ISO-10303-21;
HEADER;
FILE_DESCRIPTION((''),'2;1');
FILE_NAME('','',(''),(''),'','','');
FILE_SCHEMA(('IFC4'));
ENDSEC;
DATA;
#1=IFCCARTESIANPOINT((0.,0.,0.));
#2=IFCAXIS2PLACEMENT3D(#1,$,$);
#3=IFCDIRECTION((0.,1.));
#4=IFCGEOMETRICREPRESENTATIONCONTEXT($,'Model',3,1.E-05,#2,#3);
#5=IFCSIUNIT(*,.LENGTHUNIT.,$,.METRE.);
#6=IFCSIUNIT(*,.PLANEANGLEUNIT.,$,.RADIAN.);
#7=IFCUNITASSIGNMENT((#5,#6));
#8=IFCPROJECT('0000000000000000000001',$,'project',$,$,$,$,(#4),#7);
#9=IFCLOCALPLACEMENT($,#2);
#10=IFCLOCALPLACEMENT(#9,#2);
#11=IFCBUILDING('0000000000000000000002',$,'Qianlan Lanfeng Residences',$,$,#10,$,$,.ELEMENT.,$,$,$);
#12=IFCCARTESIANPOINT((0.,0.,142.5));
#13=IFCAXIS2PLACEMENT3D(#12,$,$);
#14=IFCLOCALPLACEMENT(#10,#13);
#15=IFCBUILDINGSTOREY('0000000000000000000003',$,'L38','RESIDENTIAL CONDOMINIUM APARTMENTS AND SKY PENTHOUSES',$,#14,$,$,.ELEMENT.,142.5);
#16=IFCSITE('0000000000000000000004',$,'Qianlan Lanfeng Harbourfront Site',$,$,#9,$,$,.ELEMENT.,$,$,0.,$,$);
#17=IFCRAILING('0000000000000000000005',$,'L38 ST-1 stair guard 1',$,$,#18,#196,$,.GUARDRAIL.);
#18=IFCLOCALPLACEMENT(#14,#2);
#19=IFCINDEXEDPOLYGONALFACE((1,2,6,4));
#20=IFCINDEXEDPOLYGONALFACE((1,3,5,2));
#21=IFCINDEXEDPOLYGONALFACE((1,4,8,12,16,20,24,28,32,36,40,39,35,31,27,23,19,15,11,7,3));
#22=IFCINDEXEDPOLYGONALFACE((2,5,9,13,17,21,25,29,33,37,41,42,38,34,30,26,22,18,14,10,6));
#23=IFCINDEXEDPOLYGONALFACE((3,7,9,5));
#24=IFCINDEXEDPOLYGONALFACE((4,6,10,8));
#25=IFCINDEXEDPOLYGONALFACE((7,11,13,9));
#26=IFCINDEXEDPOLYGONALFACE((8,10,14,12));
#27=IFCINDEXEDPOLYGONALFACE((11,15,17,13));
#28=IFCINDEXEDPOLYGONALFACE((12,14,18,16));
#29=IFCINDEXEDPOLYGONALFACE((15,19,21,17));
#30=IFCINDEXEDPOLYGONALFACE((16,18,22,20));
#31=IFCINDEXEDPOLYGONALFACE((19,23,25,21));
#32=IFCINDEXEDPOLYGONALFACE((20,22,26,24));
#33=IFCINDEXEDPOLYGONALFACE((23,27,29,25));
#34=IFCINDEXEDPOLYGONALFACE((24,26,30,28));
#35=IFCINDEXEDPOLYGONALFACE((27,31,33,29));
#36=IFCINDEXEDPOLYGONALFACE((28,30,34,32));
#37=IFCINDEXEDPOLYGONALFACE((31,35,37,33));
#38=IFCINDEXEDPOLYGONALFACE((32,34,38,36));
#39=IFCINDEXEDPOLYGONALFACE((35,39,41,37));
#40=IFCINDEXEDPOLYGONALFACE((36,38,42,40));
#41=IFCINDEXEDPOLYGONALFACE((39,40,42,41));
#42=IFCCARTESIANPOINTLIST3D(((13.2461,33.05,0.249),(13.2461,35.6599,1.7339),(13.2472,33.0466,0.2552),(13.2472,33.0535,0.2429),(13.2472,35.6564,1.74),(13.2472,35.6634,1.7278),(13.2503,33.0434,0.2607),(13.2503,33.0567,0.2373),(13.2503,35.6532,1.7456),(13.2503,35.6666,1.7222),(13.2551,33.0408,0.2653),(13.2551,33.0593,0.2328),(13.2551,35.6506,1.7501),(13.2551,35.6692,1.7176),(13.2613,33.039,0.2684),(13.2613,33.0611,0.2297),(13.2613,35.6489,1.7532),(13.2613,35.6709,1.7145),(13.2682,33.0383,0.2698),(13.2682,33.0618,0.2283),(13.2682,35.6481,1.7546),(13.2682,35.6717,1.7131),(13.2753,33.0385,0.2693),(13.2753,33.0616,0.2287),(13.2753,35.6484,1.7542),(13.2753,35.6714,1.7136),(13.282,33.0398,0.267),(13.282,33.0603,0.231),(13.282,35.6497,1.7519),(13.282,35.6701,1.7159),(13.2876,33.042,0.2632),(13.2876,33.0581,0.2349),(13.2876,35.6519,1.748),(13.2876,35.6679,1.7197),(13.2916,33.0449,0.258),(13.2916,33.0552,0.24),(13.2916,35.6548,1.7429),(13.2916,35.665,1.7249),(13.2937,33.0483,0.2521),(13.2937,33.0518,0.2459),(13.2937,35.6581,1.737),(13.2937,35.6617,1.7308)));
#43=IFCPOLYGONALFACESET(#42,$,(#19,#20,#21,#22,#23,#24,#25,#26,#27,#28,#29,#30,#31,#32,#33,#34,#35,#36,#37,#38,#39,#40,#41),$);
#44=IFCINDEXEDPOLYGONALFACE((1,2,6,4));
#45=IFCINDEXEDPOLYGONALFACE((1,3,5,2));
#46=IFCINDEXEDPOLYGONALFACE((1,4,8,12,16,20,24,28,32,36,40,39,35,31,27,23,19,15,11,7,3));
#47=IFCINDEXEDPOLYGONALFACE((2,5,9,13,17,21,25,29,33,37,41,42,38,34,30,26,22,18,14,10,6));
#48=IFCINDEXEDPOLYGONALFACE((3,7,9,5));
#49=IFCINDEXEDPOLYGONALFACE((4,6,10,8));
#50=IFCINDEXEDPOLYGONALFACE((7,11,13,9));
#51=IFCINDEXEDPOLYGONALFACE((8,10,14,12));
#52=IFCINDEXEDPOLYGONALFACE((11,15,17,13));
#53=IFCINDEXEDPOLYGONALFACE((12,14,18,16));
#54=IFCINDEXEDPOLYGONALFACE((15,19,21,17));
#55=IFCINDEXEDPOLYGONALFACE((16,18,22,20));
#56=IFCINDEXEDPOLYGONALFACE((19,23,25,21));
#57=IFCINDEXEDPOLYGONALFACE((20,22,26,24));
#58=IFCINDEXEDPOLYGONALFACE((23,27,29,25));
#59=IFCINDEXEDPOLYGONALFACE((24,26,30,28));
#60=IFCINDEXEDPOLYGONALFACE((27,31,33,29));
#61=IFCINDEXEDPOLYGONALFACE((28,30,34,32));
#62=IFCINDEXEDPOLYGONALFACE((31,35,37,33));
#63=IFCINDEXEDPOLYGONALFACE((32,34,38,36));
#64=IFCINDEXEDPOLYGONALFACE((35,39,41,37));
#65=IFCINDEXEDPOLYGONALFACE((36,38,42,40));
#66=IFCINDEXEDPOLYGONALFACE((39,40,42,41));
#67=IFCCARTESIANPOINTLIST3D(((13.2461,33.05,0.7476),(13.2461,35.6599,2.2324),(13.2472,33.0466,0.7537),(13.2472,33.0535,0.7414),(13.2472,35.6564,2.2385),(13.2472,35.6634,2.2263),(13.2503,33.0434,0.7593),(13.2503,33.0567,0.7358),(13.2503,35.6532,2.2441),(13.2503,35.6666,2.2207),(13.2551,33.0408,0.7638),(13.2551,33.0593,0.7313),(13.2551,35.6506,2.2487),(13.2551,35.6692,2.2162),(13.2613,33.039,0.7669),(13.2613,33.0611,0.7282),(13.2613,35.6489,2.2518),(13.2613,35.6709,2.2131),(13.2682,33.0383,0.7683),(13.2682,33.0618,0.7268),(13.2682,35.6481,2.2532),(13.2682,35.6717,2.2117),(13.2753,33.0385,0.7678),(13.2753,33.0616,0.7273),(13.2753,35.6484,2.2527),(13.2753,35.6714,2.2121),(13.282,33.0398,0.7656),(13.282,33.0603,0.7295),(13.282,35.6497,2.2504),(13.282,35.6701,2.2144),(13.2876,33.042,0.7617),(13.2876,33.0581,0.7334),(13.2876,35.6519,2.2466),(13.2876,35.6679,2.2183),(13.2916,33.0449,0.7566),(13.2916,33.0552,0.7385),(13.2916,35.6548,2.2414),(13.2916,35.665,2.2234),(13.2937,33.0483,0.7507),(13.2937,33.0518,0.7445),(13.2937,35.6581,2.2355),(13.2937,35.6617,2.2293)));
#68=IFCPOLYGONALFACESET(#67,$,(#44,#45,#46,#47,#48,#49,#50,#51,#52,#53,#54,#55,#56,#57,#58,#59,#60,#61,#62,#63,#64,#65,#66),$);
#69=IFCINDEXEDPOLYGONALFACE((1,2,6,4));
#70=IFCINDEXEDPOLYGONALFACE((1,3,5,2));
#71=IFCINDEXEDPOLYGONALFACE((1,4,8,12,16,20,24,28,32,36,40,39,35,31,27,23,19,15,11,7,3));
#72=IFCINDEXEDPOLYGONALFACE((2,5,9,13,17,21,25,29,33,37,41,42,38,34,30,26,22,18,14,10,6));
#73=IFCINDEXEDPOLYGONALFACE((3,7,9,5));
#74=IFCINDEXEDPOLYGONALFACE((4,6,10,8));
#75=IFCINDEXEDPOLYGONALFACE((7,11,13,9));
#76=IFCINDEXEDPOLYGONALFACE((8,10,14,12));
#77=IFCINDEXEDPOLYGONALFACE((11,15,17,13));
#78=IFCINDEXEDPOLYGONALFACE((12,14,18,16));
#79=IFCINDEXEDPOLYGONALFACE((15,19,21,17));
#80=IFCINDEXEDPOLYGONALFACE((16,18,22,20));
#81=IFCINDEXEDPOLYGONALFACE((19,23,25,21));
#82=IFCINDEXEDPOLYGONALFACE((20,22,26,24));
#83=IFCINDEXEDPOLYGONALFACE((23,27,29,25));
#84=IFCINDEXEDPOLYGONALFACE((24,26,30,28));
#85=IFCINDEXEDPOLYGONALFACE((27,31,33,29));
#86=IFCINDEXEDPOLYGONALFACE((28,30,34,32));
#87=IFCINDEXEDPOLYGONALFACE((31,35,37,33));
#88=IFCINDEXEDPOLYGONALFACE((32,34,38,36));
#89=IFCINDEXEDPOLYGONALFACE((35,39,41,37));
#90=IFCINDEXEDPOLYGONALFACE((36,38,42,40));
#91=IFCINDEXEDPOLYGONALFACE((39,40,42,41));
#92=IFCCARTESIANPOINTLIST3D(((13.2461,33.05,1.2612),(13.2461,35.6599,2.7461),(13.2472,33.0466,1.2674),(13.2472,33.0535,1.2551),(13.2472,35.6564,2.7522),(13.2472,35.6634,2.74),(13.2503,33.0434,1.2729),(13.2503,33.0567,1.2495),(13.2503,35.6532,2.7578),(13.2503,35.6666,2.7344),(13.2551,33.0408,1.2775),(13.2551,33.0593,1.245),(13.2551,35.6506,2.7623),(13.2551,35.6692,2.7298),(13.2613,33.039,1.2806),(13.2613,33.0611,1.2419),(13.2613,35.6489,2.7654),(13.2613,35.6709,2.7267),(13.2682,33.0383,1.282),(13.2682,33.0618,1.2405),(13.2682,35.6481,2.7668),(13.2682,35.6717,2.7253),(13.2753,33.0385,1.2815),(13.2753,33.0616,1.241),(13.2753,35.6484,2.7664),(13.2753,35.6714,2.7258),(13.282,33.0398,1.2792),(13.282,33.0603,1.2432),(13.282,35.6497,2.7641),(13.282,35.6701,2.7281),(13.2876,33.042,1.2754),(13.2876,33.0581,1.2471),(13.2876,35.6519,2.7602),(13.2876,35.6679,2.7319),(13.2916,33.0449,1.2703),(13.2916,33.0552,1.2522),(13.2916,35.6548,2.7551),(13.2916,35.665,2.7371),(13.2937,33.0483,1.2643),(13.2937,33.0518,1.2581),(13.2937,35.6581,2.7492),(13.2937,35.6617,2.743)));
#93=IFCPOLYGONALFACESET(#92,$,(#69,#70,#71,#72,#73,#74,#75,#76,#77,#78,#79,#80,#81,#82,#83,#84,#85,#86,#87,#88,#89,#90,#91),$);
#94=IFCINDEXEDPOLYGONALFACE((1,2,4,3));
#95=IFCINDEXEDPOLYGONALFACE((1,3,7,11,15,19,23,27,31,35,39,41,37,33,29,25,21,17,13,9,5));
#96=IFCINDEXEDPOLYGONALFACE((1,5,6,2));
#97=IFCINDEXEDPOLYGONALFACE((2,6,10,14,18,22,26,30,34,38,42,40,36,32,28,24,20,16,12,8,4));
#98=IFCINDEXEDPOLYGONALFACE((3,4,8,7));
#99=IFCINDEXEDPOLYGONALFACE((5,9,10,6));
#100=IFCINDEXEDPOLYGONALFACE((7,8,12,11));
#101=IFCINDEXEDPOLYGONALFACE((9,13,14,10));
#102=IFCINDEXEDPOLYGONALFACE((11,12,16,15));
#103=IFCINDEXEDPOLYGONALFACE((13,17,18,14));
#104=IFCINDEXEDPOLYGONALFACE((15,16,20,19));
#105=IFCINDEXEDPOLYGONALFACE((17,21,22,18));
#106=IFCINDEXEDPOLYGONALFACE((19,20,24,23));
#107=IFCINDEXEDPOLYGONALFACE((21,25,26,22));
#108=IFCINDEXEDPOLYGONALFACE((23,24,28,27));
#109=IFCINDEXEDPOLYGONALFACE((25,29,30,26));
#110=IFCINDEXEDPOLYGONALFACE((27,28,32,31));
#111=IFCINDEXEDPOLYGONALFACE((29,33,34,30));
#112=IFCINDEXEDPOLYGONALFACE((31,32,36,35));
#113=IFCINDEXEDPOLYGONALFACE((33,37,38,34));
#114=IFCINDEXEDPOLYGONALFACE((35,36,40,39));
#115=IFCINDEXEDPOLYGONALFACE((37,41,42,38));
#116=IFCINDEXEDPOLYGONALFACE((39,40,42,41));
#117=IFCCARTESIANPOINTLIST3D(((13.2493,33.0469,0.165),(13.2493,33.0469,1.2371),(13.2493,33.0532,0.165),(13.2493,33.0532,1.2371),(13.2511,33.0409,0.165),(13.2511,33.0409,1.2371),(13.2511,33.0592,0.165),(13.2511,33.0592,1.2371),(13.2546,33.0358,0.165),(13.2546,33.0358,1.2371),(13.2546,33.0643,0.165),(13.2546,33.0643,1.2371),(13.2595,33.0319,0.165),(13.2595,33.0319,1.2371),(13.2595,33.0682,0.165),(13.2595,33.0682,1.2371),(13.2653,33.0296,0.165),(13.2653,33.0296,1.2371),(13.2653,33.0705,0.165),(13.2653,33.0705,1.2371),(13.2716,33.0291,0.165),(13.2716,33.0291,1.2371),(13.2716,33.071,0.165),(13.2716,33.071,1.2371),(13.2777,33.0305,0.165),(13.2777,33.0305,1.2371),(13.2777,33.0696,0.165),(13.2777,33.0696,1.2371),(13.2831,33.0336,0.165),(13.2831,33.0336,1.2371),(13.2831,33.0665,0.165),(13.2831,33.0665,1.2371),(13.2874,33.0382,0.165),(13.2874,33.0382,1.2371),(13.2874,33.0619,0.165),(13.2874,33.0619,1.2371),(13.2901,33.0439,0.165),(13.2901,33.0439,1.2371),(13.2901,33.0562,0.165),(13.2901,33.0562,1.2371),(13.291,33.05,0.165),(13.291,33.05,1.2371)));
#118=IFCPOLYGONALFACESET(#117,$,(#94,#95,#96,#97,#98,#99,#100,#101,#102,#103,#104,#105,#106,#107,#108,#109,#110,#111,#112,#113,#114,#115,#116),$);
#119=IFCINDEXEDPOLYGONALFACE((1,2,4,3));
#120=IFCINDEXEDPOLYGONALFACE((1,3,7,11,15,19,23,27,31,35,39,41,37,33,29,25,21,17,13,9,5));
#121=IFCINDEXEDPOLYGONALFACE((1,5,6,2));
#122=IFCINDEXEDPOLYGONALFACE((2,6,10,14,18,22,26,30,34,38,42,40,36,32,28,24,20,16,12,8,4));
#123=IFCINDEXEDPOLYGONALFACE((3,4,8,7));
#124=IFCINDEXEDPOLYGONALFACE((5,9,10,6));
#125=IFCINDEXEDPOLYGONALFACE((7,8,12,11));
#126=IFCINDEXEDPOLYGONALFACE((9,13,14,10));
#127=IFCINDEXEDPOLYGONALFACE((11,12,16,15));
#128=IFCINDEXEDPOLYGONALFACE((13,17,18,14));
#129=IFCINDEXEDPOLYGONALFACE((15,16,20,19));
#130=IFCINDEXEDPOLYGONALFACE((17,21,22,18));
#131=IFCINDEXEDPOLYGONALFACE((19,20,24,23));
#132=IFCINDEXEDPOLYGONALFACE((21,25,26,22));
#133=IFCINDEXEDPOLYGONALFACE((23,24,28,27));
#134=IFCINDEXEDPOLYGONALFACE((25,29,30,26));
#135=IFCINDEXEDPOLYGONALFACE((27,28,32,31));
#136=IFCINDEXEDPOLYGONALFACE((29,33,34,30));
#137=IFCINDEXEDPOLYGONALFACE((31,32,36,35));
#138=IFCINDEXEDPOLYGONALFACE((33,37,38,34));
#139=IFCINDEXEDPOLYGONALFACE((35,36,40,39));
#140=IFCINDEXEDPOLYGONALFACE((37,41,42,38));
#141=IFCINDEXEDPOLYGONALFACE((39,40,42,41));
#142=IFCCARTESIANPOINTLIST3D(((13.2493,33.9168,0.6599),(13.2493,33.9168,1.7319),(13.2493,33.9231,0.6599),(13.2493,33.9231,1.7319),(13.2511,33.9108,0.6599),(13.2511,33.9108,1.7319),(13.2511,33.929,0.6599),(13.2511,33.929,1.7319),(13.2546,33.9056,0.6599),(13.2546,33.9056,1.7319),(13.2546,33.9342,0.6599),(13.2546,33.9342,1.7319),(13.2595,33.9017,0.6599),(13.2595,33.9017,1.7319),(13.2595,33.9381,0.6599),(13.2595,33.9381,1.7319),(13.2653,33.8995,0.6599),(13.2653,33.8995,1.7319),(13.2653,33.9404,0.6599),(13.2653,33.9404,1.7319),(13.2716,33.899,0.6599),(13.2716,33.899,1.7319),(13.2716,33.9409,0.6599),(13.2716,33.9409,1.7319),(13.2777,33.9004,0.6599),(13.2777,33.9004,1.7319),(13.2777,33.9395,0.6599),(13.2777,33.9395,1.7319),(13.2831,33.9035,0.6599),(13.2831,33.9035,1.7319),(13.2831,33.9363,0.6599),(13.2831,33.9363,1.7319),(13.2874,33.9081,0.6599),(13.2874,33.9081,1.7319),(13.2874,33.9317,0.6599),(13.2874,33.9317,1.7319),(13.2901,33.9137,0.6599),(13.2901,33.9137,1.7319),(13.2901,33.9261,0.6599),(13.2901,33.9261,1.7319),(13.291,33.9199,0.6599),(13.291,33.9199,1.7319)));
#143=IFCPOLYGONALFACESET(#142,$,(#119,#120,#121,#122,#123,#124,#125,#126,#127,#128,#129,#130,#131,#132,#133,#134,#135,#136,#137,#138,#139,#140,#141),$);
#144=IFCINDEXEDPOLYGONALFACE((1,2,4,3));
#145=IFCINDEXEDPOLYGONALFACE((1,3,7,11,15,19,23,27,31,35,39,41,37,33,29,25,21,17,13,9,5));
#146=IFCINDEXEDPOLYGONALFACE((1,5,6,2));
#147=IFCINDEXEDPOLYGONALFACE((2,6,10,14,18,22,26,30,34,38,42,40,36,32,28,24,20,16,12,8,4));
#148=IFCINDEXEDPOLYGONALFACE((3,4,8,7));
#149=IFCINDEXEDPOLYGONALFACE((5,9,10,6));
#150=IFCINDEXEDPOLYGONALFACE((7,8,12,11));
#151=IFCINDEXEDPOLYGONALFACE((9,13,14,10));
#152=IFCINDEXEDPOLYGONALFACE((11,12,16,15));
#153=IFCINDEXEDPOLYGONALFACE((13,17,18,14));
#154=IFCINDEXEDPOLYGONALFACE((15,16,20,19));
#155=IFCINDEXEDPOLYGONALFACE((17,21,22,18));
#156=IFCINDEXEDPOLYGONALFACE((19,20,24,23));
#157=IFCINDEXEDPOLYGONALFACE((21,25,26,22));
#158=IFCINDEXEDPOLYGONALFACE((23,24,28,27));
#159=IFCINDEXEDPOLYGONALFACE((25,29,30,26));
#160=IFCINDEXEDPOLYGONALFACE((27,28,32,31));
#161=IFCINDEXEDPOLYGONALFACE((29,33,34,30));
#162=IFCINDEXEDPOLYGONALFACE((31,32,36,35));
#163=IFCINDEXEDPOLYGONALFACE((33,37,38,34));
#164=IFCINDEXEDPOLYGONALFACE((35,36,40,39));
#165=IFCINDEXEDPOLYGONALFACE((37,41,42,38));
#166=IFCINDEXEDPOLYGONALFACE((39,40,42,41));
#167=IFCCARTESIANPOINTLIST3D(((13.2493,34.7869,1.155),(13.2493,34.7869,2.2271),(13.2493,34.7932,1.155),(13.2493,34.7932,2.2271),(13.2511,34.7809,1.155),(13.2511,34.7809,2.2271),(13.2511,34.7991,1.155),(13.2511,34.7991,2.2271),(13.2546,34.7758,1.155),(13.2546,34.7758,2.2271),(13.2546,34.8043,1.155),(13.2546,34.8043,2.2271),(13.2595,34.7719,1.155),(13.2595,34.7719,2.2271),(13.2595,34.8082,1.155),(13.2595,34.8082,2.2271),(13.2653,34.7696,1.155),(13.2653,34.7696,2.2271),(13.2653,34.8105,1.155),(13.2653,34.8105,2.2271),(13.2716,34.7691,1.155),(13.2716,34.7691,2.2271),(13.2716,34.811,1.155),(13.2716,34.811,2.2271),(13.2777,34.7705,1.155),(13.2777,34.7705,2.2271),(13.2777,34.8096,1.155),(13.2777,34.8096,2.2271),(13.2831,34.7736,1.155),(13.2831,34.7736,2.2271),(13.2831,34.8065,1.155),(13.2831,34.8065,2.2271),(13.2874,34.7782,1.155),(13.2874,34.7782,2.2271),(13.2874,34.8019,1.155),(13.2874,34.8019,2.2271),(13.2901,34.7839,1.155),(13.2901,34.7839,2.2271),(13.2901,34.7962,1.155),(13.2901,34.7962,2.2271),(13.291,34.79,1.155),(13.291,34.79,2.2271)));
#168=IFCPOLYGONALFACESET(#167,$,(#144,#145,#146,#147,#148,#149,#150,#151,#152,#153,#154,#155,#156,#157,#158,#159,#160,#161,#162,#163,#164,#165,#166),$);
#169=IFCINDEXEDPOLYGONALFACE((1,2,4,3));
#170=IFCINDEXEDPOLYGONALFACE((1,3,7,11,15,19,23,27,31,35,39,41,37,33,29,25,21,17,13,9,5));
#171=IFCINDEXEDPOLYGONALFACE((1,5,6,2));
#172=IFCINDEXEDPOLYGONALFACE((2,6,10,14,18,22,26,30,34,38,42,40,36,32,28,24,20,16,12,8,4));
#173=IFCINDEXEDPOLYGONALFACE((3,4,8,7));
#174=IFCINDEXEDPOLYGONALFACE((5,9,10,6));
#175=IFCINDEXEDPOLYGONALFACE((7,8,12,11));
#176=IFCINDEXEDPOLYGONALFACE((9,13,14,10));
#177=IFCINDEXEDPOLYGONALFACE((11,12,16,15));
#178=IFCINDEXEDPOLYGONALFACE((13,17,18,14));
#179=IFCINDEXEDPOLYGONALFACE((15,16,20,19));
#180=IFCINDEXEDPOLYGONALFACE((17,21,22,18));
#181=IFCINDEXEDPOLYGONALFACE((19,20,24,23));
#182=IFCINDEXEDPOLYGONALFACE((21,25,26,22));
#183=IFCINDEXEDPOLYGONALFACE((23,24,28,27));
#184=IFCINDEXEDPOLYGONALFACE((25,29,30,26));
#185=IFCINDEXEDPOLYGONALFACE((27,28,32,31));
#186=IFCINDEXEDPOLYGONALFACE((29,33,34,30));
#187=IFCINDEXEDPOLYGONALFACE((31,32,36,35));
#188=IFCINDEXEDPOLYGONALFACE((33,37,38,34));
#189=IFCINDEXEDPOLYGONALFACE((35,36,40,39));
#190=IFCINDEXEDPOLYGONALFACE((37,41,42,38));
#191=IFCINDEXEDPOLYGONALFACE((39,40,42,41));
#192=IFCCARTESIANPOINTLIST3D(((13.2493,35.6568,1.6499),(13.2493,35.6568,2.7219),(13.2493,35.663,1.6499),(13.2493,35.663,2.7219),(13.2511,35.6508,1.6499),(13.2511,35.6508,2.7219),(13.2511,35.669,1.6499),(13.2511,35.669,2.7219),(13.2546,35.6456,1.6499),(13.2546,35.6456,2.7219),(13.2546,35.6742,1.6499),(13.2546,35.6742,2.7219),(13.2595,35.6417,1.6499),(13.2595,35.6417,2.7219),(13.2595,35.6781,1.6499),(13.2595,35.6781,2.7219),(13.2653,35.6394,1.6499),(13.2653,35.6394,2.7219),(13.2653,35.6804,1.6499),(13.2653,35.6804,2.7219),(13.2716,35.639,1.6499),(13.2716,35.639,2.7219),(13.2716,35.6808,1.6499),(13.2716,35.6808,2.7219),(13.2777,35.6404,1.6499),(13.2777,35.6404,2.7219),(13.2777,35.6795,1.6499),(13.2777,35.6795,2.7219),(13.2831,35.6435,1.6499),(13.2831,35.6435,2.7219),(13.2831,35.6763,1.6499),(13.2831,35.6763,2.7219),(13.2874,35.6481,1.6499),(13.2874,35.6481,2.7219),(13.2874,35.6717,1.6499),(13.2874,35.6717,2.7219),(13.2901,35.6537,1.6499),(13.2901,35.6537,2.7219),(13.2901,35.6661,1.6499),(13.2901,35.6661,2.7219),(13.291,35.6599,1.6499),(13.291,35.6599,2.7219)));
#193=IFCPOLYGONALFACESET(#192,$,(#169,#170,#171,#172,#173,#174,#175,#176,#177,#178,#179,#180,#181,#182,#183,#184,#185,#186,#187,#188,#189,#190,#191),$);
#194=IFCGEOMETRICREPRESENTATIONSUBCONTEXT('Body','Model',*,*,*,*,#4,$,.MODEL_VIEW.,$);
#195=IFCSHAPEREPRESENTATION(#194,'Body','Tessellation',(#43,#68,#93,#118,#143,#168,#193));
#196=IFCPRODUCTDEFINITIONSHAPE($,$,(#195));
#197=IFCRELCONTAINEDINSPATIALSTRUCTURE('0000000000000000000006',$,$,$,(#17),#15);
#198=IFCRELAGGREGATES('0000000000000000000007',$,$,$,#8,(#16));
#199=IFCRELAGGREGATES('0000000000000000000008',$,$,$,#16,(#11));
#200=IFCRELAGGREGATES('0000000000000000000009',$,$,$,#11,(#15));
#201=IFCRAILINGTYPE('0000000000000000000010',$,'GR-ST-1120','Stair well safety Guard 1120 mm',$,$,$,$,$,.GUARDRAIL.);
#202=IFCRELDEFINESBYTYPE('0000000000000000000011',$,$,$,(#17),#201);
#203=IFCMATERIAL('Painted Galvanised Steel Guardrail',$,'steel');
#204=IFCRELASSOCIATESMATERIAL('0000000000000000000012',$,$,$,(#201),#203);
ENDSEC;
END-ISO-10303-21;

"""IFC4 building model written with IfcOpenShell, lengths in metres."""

from ifc_helpers import new_model, si_unit, direction, frame, origin, origin_2d, place, context, subcontext, project, spatial, circle, extrude, material, type_object, element, save


model = new_model("IFC4")

# Units and contexts
model_context = context("Model", 3, precision=1e-05, world=origin(), true_north=direction((0.0, 1.0)))
body_context = subcontext(model_context, "Body", "Model", "MODEL_VIEW")
ifc_project = project(units=[si_unit("LENGTHUNIT", "METRE"), si_unit("PLANEANGLEUNIT", "RADIAN")], contexts=[model_context])

# Site, building, storey
site_placement = place(None, origin())
site = spatial("IfcSite", under=ifc_project, at=site_placement, Name="Qianlan Lanfeng Harbourfront Site", CompositionType="ELEMENT", RefElevation=0.0)
building_placement = place(site_placement, origin())
building = spatial("IfcBuilding", under=site, at=building_placement, Name="Qianlan Lanfeng Residences", CompositionType="ELEMENT")
storey_placement = place(building_placement, frame((0.0, 0.0, 142.5)))
storey = spatial("IfcBuildingStorey", under=building, at=storey_placement, Name="L38", Description="RESIDENTIAL CONDOMINIUM APARTMENTS AND SKY PENTHOUSES", CompositionType="ELEMENT", Elevation=142.5)

# Railing
ifc_material_1 = material(Name="Painted Galvanised Steel Guardrail", Category="steel")
railing_type_1 = type_object("IfcRailingType", Name="GR-ST-1120", Description="Stair well safety Guard 1120 mm", PredefinedType="GUARDRAIL", material=ifc_material_1)
railing_1_placement = place(storey_placement, frame((13.27, 33.05, 0.165)))
element("IfcRailing", 1, at=railing_1_placement, inside=storey, type_object=railing_type_1, Name="L38 ST-1 stair guard 1", PredefinedType="GUARDRAIL", context=body_context, shape_type="SweptSolid", body=[
    extrude(circle(Radius=0.0239, at=origin_2d()), frame((0.0, 0.0, 0.084), z_axis=(0.0, 0.869172, 0.494509), x_axis=(-1.0, 0.0, 0.0)), (0.0, 0.0, 1.0), 3.0027),
    extrude(circle(Radius=0.0239, at=origin_2d()), frame((0.0, 0.0, 0.5825), z_axis=(0.0, 0.869172, 0.494509), x_axis=(-1.0, 0.0, 0.0)), (0.0, 0.0, 1.0), 3.0027),
    extrude(circle(Radius=0.0239, at=origin_2d()), frame((0.0, 0.0, 1.0962), z_axis=(0.0, 0.869172, 0.494509), x_axis=(-1.0, 0.0, 0.0)), (0.0, 0.0, 1.0), 3.0027),
    extrude(circle(Radius=0.021, at=origin_2d()), origin(), (0.0, 0.0, 1.0), 1.072),
    extrude(circle(Radius=0.021, at=origin_2d()), frame((0.0, 0.8699, 0.4949)), (0.0, 0.0, 1.0), 1.072),
    extrude(circle(Radius=0.021, at=origin_2d()), frame((0.0, 1.74, 0.99)), (0.0, 0.0, 1.0), 1.072),
    extrude(circle(Radius=0.021, at=origin_2d()), frame((0.0, 2.6099, 1.4849)), (0.0, 0.0, 1.0), 1.072),
])

save(model, "model.ifc")
